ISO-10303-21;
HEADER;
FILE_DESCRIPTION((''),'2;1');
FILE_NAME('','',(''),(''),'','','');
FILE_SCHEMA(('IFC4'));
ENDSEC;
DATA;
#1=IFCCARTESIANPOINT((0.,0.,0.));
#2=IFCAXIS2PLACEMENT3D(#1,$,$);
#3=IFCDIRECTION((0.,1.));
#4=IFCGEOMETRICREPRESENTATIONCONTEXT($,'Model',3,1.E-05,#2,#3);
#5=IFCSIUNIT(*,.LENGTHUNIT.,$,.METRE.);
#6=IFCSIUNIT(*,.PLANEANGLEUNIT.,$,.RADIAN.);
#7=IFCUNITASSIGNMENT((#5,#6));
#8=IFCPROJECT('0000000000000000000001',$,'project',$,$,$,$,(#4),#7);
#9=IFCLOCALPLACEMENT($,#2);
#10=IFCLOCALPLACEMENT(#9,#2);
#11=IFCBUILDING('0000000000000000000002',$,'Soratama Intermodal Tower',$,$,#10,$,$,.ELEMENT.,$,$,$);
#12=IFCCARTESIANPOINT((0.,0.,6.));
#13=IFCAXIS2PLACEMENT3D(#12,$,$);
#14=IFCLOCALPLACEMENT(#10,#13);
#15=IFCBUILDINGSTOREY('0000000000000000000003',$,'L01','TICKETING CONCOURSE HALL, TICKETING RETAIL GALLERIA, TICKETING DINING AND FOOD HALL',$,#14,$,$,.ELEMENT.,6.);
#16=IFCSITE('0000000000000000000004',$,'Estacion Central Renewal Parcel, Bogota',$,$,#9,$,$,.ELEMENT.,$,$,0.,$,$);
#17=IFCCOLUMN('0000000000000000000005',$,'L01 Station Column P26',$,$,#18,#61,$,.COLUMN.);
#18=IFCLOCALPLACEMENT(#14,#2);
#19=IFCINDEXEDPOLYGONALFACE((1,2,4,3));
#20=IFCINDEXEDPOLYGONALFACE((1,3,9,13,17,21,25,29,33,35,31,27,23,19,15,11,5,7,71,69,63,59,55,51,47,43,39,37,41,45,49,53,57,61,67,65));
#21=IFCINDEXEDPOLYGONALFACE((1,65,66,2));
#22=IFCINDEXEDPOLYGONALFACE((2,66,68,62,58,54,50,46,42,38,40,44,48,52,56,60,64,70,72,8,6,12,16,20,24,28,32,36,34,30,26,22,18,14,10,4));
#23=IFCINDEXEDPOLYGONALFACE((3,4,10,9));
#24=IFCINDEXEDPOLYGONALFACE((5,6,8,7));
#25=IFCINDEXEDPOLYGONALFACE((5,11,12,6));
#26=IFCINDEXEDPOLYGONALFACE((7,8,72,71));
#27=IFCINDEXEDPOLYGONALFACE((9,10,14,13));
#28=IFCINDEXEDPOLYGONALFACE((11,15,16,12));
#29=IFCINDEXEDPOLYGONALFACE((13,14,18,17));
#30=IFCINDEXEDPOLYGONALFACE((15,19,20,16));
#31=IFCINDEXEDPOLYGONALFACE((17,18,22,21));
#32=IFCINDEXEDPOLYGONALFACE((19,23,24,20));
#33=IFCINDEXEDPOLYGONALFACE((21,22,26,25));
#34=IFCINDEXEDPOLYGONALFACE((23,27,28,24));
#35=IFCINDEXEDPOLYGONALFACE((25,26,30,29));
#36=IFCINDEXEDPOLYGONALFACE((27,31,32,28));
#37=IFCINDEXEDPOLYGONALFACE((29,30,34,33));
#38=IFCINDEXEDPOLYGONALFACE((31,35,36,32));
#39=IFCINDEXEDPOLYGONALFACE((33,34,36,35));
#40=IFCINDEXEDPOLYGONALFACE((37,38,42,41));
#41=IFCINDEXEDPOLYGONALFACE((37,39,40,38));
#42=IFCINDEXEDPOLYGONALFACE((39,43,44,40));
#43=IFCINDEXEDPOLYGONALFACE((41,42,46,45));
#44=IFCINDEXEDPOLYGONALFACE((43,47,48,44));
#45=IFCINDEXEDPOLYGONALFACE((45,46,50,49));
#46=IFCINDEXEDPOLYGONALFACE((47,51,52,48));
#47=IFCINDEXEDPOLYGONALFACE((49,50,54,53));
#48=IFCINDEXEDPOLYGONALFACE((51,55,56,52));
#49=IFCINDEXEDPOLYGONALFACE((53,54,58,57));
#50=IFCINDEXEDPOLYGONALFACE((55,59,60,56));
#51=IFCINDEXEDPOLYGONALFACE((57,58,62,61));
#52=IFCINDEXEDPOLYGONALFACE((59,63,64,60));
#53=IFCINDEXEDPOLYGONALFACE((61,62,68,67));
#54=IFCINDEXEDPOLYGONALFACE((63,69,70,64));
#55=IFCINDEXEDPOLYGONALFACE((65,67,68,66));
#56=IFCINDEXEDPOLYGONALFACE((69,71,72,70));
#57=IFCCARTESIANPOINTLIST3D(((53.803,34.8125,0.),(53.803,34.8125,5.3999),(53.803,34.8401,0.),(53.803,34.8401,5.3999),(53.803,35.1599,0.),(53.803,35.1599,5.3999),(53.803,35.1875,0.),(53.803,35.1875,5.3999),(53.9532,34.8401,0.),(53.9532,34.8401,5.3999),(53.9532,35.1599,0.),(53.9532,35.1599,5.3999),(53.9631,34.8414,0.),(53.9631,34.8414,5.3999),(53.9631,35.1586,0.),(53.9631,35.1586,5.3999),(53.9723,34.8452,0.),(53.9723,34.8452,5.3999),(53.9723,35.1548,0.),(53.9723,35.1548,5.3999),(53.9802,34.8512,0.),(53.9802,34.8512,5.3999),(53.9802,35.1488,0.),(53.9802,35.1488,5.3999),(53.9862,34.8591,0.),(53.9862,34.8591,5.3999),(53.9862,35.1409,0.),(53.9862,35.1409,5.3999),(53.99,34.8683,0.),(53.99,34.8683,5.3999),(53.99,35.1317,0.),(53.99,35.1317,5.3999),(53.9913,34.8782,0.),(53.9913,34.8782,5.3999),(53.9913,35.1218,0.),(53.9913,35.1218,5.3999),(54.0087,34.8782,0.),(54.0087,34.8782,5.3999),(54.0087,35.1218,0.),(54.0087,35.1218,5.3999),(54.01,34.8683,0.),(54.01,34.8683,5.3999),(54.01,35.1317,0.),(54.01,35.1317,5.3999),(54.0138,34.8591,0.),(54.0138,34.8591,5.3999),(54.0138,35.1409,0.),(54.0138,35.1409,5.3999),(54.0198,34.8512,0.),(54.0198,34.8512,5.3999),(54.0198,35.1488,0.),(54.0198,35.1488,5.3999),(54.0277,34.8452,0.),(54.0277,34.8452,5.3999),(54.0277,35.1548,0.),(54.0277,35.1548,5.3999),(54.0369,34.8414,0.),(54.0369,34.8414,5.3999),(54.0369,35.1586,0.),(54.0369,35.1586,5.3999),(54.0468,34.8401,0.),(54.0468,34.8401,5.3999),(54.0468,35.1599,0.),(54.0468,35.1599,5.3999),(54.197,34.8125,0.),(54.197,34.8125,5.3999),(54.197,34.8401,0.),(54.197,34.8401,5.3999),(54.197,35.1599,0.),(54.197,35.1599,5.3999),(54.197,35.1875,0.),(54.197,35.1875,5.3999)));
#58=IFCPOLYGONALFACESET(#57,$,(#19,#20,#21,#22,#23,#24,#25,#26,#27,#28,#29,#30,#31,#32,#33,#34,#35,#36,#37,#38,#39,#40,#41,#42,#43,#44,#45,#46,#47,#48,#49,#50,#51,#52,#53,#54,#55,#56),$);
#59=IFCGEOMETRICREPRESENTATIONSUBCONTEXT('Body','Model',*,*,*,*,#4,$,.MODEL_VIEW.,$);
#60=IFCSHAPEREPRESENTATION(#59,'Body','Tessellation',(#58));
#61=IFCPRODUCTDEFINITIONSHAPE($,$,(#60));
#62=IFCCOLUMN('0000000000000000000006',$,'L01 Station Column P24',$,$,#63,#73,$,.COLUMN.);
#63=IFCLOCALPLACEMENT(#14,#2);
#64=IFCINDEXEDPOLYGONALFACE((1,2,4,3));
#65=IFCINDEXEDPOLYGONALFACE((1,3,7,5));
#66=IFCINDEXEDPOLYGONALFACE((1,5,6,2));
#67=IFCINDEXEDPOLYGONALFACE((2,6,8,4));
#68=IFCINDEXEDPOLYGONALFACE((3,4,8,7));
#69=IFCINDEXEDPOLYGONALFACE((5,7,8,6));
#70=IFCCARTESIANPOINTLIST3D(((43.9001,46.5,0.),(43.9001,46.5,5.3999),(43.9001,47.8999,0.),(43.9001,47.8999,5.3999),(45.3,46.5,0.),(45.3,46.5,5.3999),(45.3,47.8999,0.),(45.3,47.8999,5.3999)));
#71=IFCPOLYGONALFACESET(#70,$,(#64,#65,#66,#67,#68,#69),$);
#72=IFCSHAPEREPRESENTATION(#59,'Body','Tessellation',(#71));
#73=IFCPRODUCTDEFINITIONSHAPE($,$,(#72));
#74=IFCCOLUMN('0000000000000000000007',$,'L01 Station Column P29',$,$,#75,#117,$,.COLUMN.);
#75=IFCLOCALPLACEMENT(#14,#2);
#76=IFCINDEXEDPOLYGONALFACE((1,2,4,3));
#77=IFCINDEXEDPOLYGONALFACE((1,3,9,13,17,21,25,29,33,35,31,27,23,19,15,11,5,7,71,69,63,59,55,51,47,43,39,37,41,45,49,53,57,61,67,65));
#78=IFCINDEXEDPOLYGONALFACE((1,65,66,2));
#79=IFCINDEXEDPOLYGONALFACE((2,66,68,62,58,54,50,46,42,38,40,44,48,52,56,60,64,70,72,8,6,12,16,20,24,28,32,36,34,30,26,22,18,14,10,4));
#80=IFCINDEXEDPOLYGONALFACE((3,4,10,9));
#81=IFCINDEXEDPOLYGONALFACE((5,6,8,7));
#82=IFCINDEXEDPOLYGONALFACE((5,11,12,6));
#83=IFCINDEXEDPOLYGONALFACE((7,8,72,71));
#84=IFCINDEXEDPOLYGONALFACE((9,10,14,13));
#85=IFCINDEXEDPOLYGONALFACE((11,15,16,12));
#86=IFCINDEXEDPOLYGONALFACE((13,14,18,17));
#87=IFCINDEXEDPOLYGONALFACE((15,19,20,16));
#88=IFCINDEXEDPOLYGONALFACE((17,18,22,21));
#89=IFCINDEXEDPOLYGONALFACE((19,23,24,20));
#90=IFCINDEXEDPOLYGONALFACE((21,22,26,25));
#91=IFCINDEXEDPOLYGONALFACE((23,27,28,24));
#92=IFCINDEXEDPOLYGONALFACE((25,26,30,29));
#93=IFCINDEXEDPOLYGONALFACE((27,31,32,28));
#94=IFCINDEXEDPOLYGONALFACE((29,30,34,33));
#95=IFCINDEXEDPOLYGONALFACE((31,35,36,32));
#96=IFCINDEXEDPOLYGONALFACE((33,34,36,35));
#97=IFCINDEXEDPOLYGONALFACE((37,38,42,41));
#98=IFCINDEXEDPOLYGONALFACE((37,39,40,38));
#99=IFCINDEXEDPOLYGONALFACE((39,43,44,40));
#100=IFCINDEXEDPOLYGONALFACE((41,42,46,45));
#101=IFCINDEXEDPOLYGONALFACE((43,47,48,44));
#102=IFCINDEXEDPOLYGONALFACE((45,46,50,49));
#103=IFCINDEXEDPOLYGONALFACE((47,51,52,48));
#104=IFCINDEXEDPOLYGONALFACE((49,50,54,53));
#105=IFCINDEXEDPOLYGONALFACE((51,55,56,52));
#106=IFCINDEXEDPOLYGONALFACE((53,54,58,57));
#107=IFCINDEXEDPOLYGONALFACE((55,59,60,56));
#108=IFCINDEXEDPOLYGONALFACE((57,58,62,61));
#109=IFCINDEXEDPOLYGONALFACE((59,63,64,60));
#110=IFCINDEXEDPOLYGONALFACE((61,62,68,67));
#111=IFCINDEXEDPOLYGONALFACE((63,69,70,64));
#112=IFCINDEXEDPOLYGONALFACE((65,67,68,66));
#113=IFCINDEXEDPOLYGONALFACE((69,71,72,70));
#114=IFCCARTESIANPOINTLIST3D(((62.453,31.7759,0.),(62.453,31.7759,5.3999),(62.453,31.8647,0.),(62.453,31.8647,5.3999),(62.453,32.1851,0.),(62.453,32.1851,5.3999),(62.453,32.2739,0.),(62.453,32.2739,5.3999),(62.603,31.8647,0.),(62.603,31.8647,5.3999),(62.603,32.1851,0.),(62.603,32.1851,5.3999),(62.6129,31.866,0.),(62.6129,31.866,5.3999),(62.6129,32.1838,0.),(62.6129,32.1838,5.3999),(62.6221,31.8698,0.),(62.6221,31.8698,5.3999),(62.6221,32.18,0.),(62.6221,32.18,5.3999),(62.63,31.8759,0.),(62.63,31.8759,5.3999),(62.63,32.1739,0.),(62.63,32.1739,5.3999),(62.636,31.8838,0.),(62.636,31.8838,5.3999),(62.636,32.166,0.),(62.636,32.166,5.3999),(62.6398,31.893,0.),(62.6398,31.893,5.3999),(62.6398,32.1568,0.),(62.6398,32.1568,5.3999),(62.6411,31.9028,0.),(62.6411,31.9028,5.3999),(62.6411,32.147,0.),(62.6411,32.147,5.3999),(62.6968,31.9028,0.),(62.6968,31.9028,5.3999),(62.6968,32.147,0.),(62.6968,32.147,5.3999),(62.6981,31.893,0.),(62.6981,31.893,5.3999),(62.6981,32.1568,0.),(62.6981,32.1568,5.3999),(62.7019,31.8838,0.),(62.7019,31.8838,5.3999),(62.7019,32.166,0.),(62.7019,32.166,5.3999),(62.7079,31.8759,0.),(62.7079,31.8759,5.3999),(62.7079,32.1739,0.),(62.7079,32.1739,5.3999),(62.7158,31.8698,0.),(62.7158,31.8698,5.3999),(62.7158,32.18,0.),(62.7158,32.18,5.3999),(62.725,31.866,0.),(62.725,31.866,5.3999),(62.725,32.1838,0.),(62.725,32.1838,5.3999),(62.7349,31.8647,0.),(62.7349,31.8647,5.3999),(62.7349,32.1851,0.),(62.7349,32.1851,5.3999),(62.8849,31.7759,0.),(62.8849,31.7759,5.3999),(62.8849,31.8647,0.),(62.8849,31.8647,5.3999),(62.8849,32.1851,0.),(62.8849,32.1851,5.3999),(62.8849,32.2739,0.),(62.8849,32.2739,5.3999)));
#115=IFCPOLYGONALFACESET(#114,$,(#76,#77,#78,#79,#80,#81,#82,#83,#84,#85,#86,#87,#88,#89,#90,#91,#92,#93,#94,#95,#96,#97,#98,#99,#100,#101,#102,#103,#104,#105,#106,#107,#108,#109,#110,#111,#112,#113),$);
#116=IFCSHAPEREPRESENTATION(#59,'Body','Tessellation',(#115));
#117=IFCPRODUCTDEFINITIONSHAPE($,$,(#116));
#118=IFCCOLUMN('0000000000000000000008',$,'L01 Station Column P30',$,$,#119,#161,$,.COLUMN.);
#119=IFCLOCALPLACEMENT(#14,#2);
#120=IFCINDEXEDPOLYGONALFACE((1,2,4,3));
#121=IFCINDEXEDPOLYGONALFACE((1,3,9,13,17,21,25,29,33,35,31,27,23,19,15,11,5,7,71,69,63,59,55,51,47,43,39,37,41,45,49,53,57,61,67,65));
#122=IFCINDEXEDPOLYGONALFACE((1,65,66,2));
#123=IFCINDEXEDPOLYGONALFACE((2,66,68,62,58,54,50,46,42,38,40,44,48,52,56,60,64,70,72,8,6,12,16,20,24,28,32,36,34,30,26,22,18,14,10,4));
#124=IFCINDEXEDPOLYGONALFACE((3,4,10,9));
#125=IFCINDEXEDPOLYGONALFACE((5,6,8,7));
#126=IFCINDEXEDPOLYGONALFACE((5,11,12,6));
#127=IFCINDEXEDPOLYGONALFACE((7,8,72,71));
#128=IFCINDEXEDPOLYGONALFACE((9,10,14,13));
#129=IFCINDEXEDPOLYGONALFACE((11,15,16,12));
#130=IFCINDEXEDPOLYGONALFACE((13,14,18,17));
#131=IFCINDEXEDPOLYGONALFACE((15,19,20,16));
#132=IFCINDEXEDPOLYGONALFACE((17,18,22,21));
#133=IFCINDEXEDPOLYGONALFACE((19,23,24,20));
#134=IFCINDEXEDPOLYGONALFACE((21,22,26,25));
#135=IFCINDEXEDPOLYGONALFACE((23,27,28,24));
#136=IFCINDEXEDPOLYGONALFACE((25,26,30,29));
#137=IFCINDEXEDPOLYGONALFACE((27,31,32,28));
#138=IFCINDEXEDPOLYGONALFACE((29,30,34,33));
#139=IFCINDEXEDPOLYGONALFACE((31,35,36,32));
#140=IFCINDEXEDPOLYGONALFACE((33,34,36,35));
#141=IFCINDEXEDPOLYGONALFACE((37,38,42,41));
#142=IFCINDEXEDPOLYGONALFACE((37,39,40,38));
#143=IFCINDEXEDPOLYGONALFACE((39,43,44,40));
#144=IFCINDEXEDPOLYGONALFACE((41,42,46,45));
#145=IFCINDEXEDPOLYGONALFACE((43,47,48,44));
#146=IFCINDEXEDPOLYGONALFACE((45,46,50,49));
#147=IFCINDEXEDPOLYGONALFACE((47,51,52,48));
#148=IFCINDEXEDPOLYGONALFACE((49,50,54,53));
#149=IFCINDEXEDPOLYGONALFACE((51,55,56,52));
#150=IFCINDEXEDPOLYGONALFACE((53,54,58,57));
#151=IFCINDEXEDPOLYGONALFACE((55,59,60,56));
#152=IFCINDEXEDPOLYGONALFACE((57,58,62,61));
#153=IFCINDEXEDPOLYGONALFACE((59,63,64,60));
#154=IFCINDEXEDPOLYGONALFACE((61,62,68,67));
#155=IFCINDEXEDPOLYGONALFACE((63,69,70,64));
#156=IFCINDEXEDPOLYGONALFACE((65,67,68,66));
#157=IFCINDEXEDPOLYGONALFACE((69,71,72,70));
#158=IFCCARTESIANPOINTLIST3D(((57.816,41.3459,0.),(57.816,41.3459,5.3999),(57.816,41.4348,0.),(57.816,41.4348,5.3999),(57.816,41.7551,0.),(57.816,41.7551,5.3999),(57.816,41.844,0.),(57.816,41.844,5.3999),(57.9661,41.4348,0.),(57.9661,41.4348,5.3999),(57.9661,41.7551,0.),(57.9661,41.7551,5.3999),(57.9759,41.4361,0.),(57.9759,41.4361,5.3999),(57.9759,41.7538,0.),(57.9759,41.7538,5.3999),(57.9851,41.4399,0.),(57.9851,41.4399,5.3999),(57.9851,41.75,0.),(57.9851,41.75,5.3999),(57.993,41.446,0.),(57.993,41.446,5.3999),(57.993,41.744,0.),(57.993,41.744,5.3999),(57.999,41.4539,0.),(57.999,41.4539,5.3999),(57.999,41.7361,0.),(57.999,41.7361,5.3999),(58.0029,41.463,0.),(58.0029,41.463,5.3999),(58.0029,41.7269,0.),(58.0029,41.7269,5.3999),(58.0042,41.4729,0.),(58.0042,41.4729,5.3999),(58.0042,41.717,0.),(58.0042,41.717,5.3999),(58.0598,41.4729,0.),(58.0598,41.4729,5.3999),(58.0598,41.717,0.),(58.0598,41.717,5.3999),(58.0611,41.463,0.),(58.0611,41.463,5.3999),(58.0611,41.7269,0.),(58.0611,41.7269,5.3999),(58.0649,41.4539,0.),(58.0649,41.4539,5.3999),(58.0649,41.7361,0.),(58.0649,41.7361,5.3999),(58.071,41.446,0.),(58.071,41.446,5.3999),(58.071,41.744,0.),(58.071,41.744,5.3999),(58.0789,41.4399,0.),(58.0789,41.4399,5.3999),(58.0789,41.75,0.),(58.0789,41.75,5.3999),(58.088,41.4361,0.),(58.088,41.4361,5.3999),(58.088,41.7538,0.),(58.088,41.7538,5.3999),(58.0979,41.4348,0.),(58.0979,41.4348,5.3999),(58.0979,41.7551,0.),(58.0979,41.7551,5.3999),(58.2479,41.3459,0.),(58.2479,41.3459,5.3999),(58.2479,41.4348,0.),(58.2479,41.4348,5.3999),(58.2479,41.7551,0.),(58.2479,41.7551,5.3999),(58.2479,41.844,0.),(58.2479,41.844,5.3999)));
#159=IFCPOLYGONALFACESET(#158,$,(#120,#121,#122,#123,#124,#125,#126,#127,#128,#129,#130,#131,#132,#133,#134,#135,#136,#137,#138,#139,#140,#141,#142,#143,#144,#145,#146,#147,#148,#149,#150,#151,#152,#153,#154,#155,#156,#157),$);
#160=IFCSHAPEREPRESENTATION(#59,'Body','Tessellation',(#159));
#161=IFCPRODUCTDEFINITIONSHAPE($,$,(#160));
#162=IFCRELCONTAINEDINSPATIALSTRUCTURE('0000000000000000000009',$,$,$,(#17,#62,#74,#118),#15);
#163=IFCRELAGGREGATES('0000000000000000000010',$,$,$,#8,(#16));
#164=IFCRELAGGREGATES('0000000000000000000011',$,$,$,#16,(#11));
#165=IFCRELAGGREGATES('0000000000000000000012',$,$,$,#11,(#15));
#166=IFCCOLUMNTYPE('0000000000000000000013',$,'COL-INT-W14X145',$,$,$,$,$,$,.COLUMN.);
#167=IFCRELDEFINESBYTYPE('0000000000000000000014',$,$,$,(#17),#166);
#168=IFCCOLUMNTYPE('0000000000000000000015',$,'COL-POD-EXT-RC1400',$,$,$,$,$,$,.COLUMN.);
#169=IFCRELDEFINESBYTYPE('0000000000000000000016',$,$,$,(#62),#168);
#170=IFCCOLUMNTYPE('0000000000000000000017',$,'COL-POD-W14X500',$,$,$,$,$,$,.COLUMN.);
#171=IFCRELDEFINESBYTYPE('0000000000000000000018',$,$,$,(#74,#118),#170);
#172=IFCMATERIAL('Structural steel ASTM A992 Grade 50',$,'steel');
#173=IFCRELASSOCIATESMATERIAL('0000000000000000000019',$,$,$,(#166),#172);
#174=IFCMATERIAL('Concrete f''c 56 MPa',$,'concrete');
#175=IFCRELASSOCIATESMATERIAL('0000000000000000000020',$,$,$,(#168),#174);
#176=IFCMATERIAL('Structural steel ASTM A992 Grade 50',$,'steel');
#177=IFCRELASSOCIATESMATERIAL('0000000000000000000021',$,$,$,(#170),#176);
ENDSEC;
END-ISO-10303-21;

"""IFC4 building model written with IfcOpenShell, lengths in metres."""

from ifc_helpers import new_model, si_unit, direction, frame, origin, origin_2d, place, context, subcontext, project, spatial, rectangle, i_section, extrude, material, material_profile, profile_set, type_object, element, save


model = new_model("IFC4")

# Units and contexts
model_context = context("Model", 3, precision=1e-05, world=origin(), true_north=direction((0.0, 1.0)))
body_context = subcontext(model_context, "Body", "Model", "MODEL_VIEW")
ifc_project = project(units=[si_unit("LENGTHUNIT", "METRE"), si_unit("PLANEANGLEUNIT", "RADIAN")], contexts=[model_context])

# Site, building, storey
site_placement = place(None, origin())
site = spatial("IfcSite", under=ifc_project, at=site_placement, Name="Estacion Central Renewal Parcel, Bogota", CompositionType="ELEMENT", RefElevation=0.0)
building_placement = place(site_placement, origin())
building = spatial("IfcBuilding", under=site, at=building_placement, Name="Soratama Intermodal Tower", CompositionType="ELEMENT")
storey_placement = place(building_placement, frame((0.0, 0.0, 6.0)))
storey = spatial("IfcBuildingStorey", under=building, at=storey_placement, Name="L01", Description="TICKETING CONCOURSE HALL, TICKETING RETAIL GALLERIA, TICKETING DINING AND FOOD HALL", CompositionType="ELEMENT", Elevation=6.0)

# Columns
ifc_material_1 = material(Name="Structural steel ASTM A992 Grade 50", Category="steel")
ifc_material_profile_1 = material_profile(ifc_material_1, i_section(OverallWidth=0.394, OverallDepth=0.375, WebThickness=0.0173, FlangeThickness=0.0276, FilletRadius=0.0381, at=origin_2d()), Name="W14X145")
ifc_profile_set_1 = profile_set([ifc_material_profile_1], Name="Structural steel ASTM A992 Grade 50")
column_type_1 = type_object("IfcColumnType", Name="COL-INT-W14X145", PredefinedType="COLUMN", material=ifc_profile_set_1)
column_1_placement = place(storey_placement, frame((54.0, 35.0, 0.0), z_axis=(0.0, 0.0, 1.0), x_axis=(1.0, 0.0, 0.0)))
element("IfcColumn", 1, at=column_1_placement, inside=storey, type_object=column_type_1, Name="L01 Station Column P26", PredefinedType="COLUMN", context=body_context, shape_type="SweptSolid", body=[
    extrude(i_section(OverallWidth=0.394, OverallDepth=0.375, WebThickness=0.0173, FlangeThickness=0.0276, FilletRadius=0.0381, at=origin_2d()), origin(), (0.0, 0.0, 1.0), 5.3999),
])
ifc_material_2 = material(Name="Concrete f'c 56 MPa", Category="concrete")
ifc_material_profile_2 = material_profile(ifc_material_2, rectangle(XDim=1.3999, YDim=1.3999, at=origin_2d()), Name="RC1400X1400")
ifc_profile_set_2 = profile_set([ifc_material_profile_2], Name="Concrete f'c 56 MPa")
column_type_2 = type_object("IfcColumnType", Name="COL-POD-EXT-RC1400", PredefinedType="COLUMN", material=ifc_profile_set_2)
column_2_placement = place(storey_placement, frame((44.6001, 47.2, 0.0), z_axis=(0.0, 0.0, 1.0), x_axis=(1.0, 0.0, 0.0)))
element("IfcColumn", 2, at=column_2_placement, inside=storey, type_object=column_type_2, Name="L01 Station Column P24", PredefinedType="COLUMN", context=body_context, shape_type="SweptSolid", body=[
    extrude(rectangle(XDim=1.3999, YDim=1.3999, at=origin_2d()), origin(), (0.0, 0.0, 1.0), 5.3999),
])
ifc_material_3 = material(Name="Structural steel ASTM A992 Grade 50", Category="steel")
ifc_material_profile_3 = material_profile(ifc_material_3, i_section(OverallWidth=0.4319, OverallDepth=0.498, WebThickness=0.0557, FlangeThickness=0.0889, FilletRadius=0.0381, at=origin_2d()), Name="W14X500")
ifc_profile_set_3 = profile_set([ifc_material_profile_3], Name="Structural steel ASTM A992 Grade 50")
column_type_3 = type_object("IfcColumnType", Name="COL-POD-W14X500", PredefinedType="COLUMN", material=ifc_profile_set_3)
for number, where, z_axis, x_axis, name in (
    (3, (62.6689, 32.0249, 0.0), (0.0, 0.0, 1.0), (1.0, 0.0, 0.0), "L01 Station Column P29"),
    (4, (58.032, 41.595, 0.0), (0.0, 0.0, 1.0), (1.0, 0.0, 0.0), "L01 Station Column P30"),
):
    element("IfcColumn", number, at=place(storey_placement, frame(where, z_axis=z_axis, x_axis=x_axis)), inside=storey, type_object=column_type_3, Name=name, PredefinedType="COLUMN", context=body_context, shape_type="SweptSolid", body=[
        extrude(i_section(OverallWidth=0.4319, OverallDepth=0.498, WebThickness=0.0557, FlangeThickness=0.0889, FilletRadius=0.0381, at=origin_2d()), origin(), (0.0, 0.0, 1.0), 5.3999),
    ])

save(model, "model.ifc")
